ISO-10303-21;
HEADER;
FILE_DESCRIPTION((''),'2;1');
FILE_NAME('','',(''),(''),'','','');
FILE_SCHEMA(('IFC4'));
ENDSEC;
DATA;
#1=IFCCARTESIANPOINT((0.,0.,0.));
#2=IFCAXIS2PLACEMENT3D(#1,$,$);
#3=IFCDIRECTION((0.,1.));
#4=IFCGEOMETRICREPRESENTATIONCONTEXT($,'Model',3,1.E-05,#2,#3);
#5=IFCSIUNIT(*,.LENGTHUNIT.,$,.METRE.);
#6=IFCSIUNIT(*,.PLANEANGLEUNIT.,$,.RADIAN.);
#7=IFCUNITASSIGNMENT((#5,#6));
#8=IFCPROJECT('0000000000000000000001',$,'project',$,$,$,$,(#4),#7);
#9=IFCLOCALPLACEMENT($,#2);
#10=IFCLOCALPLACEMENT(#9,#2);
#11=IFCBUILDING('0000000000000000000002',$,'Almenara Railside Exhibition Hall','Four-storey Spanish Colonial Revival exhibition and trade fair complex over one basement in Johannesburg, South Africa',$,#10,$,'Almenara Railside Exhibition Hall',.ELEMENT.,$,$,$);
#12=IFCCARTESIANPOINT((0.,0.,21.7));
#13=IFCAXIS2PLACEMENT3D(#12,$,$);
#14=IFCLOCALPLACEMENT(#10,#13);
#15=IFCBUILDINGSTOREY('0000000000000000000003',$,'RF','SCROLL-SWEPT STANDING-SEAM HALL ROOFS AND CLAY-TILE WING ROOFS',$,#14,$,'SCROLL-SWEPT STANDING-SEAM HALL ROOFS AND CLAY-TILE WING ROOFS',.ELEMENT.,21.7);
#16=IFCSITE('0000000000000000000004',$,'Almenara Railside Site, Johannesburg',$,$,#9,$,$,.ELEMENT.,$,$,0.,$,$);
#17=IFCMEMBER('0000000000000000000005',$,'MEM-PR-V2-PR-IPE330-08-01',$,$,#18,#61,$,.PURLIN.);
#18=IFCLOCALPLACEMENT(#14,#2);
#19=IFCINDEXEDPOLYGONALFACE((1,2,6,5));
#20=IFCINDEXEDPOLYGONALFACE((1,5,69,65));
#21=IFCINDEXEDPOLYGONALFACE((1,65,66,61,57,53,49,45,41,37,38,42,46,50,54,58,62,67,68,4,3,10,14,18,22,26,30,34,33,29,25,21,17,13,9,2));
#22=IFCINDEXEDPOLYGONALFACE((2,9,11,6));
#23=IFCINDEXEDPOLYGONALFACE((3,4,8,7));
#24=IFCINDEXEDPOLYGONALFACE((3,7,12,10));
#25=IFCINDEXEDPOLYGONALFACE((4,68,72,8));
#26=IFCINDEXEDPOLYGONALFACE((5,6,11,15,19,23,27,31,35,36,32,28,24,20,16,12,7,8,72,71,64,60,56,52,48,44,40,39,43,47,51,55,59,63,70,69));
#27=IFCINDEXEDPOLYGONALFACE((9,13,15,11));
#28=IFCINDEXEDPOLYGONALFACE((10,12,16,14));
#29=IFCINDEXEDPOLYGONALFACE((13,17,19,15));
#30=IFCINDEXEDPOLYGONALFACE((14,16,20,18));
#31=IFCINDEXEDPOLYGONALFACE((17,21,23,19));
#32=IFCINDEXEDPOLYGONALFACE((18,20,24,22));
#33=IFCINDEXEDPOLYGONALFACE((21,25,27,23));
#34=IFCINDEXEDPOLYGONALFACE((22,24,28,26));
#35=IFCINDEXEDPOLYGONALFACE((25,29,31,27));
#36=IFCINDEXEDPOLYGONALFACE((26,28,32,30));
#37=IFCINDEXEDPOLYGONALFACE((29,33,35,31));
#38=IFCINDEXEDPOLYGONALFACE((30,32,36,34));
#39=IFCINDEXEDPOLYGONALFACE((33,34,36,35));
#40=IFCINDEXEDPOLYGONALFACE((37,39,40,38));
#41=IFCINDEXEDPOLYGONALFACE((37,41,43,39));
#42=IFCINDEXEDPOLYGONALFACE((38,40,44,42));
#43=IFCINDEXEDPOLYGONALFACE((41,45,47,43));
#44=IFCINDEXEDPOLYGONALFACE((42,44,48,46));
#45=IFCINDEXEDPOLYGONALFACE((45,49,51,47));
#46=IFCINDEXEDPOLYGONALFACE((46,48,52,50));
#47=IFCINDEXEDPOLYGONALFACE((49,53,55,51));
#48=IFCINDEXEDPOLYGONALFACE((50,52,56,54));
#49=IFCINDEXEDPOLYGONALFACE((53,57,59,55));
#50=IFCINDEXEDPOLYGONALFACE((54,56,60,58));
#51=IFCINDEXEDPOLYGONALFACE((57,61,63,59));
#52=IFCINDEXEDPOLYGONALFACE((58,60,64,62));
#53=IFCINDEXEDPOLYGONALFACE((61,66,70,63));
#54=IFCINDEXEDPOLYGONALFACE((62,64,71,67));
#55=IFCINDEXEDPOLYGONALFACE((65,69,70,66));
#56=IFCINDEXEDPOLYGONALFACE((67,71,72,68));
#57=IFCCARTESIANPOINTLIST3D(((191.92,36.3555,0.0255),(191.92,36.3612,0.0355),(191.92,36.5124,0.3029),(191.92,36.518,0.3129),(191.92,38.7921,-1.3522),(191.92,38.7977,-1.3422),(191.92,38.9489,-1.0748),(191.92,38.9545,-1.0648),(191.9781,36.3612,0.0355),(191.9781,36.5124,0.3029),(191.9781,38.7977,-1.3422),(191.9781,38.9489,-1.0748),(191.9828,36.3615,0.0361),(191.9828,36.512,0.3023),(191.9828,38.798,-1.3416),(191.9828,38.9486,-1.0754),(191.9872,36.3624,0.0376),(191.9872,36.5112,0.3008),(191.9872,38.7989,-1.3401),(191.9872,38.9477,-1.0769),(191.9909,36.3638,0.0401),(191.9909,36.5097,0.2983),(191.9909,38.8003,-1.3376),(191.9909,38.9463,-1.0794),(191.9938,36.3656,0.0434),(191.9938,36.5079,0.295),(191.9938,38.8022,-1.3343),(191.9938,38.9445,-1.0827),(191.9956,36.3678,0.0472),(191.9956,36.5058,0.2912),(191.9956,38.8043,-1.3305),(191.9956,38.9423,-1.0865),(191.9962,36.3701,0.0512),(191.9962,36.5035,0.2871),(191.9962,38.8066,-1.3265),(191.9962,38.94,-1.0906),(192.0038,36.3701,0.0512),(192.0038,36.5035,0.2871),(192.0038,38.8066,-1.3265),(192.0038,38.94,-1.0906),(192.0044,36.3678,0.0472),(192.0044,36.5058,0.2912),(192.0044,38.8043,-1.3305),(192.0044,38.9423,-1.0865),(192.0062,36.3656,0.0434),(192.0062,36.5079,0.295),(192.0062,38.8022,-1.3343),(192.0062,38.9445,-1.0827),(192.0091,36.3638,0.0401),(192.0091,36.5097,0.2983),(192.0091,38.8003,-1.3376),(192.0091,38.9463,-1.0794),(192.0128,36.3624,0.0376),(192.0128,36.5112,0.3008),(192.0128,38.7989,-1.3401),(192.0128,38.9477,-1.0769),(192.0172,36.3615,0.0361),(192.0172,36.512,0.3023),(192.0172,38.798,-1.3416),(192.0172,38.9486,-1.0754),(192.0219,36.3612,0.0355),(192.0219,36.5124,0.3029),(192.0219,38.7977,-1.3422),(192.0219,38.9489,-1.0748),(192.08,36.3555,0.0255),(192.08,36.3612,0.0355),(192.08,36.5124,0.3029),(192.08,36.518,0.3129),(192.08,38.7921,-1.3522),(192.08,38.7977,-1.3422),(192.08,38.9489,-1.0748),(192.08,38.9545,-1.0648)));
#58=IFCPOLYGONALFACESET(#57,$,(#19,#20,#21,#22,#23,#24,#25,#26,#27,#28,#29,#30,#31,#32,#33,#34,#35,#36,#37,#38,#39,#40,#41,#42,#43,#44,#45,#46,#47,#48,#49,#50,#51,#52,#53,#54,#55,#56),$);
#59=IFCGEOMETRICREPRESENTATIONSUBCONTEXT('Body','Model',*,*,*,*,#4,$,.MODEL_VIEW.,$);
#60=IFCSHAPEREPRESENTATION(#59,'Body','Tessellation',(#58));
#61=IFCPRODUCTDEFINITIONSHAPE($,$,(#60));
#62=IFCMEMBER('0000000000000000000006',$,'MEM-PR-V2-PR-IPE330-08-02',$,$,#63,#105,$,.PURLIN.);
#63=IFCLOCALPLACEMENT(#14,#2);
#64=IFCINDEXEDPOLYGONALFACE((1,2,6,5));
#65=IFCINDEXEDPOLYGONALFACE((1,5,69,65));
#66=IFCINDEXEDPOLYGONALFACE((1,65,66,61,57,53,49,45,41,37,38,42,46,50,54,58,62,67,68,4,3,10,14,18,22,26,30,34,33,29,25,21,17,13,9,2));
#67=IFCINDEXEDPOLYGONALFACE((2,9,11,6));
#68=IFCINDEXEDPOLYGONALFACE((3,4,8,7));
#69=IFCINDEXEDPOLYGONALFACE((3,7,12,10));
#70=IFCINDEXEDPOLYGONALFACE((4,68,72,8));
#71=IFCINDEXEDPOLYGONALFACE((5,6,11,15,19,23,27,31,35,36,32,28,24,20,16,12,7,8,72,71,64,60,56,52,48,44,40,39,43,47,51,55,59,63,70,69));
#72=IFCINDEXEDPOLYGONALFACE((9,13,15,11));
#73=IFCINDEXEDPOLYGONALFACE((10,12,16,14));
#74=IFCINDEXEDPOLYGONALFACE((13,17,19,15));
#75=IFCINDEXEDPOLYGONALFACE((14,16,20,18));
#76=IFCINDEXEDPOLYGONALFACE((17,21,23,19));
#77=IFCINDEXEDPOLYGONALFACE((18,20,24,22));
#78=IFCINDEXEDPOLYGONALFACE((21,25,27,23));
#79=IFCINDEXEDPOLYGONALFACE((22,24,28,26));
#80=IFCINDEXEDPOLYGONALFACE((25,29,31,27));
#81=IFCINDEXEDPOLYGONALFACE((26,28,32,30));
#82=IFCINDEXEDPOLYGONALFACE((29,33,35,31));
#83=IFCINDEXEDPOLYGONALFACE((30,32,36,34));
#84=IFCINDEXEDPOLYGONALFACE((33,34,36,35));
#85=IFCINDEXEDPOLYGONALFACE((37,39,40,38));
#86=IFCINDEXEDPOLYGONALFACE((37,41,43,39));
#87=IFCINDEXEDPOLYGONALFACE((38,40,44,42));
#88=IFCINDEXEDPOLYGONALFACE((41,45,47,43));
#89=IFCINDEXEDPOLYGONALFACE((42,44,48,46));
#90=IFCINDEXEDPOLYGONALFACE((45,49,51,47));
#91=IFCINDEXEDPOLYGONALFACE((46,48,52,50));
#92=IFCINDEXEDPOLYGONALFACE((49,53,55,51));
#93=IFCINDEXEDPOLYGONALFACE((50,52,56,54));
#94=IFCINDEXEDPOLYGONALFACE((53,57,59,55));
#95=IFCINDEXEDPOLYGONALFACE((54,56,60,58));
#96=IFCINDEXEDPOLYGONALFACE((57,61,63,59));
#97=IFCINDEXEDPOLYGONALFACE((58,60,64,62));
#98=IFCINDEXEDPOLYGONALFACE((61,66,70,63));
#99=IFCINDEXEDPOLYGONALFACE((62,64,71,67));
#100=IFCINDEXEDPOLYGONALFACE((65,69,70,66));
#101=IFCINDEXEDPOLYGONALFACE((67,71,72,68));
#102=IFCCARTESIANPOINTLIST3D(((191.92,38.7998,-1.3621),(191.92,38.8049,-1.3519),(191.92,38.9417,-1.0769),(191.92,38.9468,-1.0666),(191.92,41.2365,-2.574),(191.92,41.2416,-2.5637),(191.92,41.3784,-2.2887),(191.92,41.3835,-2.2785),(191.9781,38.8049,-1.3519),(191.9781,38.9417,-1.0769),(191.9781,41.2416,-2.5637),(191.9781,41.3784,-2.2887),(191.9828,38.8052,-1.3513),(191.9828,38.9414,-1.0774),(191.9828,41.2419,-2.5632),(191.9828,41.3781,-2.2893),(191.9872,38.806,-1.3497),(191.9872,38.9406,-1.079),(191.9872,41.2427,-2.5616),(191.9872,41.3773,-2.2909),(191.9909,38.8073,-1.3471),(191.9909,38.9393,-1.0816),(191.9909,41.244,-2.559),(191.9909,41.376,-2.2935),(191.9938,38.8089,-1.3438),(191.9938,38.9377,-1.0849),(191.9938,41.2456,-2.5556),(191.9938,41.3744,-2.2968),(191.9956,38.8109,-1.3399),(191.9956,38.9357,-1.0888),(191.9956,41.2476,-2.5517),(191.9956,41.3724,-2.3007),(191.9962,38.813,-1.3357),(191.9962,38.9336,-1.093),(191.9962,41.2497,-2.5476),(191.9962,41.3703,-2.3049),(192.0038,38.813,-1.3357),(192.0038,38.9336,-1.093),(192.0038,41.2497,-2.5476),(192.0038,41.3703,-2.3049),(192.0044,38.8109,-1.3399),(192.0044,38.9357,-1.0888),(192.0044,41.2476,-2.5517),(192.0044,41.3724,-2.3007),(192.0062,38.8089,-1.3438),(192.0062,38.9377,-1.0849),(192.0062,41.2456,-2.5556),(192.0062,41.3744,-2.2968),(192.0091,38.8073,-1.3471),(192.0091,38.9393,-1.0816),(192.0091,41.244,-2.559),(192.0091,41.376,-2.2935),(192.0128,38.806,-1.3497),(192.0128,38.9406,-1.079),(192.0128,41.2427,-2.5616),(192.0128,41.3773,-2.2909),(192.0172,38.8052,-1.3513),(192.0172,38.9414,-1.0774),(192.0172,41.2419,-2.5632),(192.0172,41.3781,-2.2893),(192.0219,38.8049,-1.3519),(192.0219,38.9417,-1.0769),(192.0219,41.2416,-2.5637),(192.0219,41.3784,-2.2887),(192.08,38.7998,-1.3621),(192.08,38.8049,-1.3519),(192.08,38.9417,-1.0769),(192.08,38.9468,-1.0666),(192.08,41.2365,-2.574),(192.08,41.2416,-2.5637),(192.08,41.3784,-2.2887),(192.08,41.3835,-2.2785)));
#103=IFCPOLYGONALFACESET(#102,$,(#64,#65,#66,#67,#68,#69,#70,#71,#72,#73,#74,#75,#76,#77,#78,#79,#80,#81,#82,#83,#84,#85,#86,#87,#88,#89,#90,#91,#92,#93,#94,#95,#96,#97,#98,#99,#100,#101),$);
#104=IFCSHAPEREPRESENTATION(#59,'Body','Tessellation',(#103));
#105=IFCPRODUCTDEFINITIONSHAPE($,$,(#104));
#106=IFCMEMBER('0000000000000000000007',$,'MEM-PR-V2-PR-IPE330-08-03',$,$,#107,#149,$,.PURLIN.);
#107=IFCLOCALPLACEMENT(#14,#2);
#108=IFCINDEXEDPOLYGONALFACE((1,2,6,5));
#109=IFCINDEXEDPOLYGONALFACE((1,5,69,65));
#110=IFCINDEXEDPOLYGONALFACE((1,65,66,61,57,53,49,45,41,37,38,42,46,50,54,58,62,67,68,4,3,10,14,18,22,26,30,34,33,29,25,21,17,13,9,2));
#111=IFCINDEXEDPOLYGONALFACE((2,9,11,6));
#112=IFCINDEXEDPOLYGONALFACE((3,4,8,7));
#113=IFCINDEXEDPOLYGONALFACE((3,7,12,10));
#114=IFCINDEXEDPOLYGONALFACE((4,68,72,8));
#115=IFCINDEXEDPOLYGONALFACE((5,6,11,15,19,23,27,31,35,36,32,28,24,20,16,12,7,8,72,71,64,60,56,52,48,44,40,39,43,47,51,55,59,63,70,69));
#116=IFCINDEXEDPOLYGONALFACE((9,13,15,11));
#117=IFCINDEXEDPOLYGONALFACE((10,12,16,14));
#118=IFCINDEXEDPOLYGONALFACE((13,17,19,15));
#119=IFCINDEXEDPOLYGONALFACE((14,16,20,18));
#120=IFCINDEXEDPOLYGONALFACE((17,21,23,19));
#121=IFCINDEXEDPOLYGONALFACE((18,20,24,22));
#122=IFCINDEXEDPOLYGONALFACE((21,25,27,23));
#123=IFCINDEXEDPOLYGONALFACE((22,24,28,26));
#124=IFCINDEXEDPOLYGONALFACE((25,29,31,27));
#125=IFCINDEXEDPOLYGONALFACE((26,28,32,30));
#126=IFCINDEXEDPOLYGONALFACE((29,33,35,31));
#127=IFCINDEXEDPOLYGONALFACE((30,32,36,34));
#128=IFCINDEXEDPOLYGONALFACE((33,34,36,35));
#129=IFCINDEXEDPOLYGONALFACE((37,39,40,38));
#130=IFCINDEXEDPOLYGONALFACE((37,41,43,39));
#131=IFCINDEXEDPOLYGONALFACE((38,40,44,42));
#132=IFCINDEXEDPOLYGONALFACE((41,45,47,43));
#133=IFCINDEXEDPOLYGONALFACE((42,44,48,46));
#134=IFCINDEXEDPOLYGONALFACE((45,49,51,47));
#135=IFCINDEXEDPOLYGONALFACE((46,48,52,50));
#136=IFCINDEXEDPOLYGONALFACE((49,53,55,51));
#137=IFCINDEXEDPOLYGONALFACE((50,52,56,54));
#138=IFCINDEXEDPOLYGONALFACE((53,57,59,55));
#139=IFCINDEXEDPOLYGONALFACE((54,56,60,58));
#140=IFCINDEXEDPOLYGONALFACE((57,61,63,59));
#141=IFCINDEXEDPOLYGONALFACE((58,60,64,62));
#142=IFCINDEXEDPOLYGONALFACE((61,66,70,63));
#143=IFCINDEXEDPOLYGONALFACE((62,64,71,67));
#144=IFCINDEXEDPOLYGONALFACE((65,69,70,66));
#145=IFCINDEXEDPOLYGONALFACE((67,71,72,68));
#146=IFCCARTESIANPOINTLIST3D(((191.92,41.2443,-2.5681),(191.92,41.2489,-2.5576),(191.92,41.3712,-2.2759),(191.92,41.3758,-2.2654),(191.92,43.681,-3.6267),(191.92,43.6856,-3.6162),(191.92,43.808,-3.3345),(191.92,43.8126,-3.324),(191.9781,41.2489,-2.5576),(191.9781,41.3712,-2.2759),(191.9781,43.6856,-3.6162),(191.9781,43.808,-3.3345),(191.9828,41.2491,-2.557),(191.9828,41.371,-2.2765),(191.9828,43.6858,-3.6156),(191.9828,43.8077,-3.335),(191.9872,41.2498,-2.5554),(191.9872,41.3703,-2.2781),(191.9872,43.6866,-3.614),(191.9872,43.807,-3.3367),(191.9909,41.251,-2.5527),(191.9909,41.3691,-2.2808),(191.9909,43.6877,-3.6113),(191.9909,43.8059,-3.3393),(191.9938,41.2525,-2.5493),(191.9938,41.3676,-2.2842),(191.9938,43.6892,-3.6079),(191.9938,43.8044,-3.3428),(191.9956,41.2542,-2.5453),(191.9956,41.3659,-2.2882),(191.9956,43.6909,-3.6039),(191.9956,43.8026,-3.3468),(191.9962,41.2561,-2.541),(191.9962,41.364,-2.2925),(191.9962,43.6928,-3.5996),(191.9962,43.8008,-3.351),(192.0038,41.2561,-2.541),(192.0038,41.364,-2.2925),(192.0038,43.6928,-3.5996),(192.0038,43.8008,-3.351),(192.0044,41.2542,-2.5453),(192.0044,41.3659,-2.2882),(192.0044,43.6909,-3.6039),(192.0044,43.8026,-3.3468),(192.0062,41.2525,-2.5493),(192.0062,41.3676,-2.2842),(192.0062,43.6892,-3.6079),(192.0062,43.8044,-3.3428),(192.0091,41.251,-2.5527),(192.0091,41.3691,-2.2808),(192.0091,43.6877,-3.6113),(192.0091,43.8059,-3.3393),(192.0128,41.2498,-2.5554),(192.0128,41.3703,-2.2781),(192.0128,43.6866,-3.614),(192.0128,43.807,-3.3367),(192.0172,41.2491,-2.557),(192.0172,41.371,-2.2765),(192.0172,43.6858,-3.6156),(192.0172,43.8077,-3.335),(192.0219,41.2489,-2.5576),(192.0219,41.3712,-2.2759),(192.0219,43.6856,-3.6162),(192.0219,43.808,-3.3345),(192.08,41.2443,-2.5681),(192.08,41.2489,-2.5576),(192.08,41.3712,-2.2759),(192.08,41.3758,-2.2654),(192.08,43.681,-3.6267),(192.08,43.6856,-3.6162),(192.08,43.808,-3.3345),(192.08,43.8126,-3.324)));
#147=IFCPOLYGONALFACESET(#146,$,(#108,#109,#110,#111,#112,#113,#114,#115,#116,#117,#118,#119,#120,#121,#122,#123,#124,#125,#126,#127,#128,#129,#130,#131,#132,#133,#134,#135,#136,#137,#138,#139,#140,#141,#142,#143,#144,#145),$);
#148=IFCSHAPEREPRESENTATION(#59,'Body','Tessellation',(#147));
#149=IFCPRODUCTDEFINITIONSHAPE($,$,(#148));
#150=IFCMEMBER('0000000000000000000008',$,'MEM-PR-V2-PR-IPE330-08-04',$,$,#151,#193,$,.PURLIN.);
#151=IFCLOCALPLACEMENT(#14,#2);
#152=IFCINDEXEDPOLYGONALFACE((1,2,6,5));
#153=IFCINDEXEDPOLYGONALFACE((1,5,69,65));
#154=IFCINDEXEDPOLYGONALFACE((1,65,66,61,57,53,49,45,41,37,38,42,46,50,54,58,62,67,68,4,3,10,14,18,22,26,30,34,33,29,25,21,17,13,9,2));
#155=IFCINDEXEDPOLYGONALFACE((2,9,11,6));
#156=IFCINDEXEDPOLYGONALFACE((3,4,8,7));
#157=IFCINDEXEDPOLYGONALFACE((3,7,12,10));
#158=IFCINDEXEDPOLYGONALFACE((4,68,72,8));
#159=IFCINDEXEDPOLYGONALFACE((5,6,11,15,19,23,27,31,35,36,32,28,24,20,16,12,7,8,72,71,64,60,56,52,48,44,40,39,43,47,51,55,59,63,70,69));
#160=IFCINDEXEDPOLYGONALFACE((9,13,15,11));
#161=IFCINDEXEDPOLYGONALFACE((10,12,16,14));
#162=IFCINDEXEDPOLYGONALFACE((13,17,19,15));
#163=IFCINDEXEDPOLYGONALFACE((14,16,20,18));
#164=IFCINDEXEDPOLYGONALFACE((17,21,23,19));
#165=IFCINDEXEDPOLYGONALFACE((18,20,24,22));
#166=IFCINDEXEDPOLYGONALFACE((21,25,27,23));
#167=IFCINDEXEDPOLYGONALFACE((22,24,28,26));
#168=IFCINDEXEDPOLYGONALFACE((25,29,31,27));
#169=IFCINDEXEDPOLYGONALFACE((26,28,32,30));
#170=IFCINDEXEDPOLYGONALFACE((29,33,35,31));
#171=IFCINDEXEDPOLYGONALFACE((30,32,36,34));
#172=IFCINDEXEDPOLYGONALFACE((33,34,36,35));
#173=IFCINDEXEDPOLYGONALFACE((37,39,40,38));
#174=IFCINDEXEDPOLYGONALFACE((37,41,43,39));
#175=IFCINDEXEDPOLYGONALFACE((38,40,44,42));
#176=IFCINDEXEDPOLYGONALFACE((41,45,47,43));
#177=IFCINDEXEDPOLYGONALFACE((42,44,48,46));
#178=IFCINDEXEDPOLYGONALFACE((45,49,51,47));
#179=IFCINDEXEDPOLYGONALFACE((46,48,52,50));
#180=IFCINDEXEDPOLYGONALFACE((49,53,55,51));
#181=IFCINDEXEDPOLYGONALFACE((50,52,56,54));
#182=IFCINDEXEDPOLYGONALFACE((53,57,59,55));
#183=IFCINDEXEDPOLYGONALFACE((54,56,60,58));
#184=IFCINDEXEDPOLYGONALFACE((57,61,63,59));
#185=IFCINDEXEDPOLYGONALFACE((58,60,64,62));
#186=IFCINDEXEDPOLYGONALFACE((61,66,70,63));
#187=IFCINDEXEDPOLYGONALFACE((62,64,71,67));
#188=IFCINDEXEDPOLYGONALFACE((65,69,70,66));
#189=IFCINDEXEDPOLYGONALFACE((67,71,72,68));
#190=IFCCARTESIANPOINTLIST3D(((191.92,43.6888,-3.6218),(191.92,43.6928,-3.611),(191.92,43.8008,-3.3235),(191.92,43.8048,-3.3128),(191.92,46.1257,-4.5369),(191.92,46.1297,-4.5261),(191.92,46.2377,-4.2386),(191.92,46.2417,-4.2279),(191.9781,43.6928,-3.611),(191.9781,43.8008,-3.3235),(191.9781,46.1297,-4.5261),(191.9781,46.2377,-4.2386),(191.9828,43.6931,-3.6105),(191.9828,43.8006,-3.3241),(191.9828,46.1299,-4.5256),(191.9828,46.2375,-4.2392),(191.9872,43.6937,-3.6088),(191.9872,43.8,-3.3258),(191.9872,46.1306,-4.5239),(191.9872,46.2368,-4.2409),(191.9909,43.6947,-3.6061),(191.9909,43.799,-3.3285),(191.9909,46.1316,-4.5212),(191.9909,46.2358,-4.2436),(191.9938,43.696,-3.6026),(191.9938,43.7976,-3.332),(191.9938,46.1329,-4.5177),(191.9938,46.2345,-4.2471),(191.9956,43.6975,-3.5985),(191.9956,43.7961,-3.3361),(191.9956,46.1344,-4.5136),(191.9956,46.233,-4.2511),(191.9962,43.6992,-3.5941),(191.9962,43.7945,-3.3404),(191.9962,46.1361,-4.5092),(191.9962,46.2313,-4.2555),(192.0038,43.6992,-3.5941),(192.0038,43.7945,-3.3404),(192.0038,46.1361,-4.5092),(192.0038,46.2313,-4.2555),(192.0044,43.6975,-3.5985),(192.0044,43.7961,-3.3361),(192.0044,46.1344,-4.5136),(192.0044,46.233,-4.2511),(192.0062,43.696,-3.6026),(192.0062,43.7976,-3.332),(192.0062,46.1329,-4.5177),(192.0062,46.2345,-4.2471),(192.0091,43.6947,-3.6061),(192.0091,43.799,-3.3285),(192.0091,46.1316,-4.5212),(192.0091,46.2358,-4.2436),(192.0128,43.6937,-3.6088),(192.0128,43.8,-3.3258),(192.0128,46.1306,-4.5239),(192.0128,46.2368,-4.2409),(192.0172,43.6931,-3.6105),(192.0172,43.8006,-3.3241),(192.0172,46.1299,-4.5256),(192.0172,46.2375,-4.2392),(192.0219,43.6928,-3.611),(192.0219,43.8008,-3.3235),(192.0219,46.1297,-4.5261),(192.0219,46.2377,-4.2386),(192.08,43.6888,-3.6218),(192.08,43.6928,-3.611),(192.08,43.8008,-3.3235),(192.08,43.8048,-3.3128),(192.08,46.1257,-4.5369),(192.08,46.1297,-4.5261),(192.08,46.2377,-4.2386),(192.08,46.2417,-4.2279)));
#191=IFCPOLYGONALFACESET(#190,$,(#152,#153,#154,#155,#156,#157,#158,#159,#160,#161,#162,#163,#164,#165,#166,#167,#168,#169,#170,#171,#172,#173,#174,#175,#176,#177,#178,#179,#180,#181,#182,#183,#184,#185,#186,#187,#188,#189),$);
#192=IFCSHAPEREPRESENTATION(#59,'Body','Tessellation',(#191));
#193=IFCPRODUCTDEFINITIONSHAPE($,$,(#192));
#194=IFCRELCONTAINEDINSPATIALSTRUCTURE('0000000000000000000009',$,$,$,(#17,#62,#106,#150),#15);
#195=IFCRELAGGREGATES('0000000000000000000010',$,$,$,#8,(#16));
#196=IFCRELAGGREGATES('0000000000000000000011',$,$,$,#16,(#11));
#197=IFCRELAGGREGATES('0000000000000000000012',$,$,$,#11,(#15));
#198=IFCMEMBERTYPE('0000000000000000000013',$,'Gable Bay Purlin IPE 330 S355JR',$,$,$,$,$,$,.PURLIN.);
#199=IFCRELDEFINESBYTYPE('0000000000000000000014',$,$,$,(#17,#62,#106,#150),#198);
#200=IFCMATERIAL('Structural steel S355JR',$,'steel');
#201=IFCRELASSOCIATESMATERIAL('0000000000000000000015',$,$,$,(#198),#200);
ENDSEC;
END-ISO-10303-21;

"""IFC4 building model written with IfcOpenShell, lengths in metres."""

from ifc_helpers import new_model, si_unit, direction, frame, origin, origin_2d, place, context, subcontext, project, spatial, i_section, extrude, material, material_profile, profile_set, type_object, element, save


model = new_model("IFC4")

# Units and contexts
model_context = context("Model", 3, precision=1e-05, world=origin(), true_north=direction((0.0, 1.0)))
body_context = subcontext(model_context, "Body", "Model", "MODEL_VIEW")
ifc_project = project(units=[si_unit("LENGTHUNIT", "METRE"), si_unit("PLANEANGLEUNIT", "RADIAN")], contexts=[model_context])

# Site, building, storey
site_placement = place(None, origin())
site = spatial("IfcSite", under=ifc_project, at=site_placement, Name="Almenara Railside Site, Johannesburg", CompositionType="ELEMENT", RefElevation=0.0)
building_placement = place(site_placement, origin())
building = spatial("IfcBuilding", under=site, at=building_placement, Name="Almenara Railside Exhibition Hall", Description="Four-storey Spanish Colonial Revival exhibition and trade fair complex over one basement in Johannesburg, South Africa", LongName="Almenara Railside Exhibition Hall", CompositionType="ELEMENT")
storey_placement = place(building_placement, frame((0.0, 0.0, 21.7)))
storey = spatial("IfcBuildingStorey", under=building, at=storey_placement, Name="RF", Description="SCROLL-SWEPT STANDING-SEAM HALL ROOFS AND CLAY-TILE WING ROOFS", LongName="SCROLL-SWEPT STANDING-SEAM HALL ROOFS AND CLAY-TILE WING ROOFS", CompositionType="ELEMENT", Elevation=21.7)

# Shared definitions
ifc_material_1 = material(Name="Structural steel S355JR", Category="steel")

# Members
ifc_material_profile_1 = material_profile(ifc_material_1, i_section(OverallWidth=0.1599, OverallDepth=0.3301, WebThickness=0.0076, FlangeThickness=0.0115, FilletRadius=0.0181, at=origin_2d()), Name="IPE 330")
ifc_profile_set_1 = profile_set([ifc_material_profile_1], Name="Structural steel S355JR")
member_type_1 = type_object("IfcMemberType", Name="Gable Bay Purlin IPE 330 S355JR", PredefinedType="PURLIN", material=ifc_profile_set_1)
member_1_placement = place(storey_placement, frame((192.0, 36.4368, 0.1692), z_axis=(0.0, 0.870483, -0.492198), x_axis=(-1.0, 0.0, 0.0)))
element("IfcMember", 1, at=member_1_placement, inside=storey, type_object=member_type_1, Name="MEM-PR-V2-PR-IPE330-08-01", PredefinedType="PURLIN", context=body_context, shape_type="SweptSolid", body=[
    extrude(i_section(OverallWidth=0.1599, OverallDepth=0.3301, WebThickness=0.0076, FlangeThickness=0.0115, FilletRadius=0.0181, at=origin_2d()), origin(), (0.0, 0.0, 1.0), 2.7991),
])
member_2_placement = place(storey_placement, frame((192.0, 38.8733, -1.2144), z_axis=(0.0, 0.895376, -0.445311), x_axis=(-1.0, 0.0, 0.0)))
element("IfcMember", 2, at=member_2_placement, inside=storey, type_object=member_type_1, Name="MEM-PR-V2-PR-IPE330-08-02", PredefinedType="PURLIN", context=body_context, shape_type="SweptSolid", body=[
    extrude(i_section(OverallWidth=0.1599, OverallDepth=0.3301, WebThickness=0.0076, FlangeThickness=0.0115, FilletRadius=0.0181, at=origin_2d()), origin(), (0.0, 0.0, 1.0), 2.7214),
])
member_3_placement = place(storey_placement, frame((192.0, 41.3101, -2.4167), z_axis=(0.0, 0.91719, -0.398451), x_axis=(-1.0, 0.0, 0.0)))
element("IfcMember", 3, at=member_3_placement, inside=storey, type_object=member_type_1, Name="MEM-PR-V2-PR-IPE330-08-03", PredefinedType="PURLIN", context=body_context, shape_type="SweptSolid", body=[
    extrude(i_section(OverallWidth=0.1599, OverallDepth=0.3301, WebThickness=0.0076, FlangeThickness=0.0115, FilletRadius=0.0181, at=origin_2d()), origin(), (0.0, 0.0, 1.0), 2.6567),
])
member_4_placement = place(storey_placement, frame((192.0, 43.7468, -3.4673), z_axis=(0.0, 0.936171, -0.351545), x_axis=(-1.0, 0.0, 0.0)))
element("IfcMember", 4, at=member_4_placement, inside=storey, type_object=member_type_1, Name="MEM-PR-V2-PR-IPE330-08-04", PredefinedType="PURLIN", context=body_context, shape_type="SweptSolid", body=[
    extrude(i_section(OverallWidth=0.1599, OverallDepth=0.3301, WebThickness=0.0076, FlangeThickness=0.0115, FilletRadius=0.0181, at=origin_2d()), origin(), (0.0, 0.0, 1.0), 2.603),
])

save(model, "model.ifc")
